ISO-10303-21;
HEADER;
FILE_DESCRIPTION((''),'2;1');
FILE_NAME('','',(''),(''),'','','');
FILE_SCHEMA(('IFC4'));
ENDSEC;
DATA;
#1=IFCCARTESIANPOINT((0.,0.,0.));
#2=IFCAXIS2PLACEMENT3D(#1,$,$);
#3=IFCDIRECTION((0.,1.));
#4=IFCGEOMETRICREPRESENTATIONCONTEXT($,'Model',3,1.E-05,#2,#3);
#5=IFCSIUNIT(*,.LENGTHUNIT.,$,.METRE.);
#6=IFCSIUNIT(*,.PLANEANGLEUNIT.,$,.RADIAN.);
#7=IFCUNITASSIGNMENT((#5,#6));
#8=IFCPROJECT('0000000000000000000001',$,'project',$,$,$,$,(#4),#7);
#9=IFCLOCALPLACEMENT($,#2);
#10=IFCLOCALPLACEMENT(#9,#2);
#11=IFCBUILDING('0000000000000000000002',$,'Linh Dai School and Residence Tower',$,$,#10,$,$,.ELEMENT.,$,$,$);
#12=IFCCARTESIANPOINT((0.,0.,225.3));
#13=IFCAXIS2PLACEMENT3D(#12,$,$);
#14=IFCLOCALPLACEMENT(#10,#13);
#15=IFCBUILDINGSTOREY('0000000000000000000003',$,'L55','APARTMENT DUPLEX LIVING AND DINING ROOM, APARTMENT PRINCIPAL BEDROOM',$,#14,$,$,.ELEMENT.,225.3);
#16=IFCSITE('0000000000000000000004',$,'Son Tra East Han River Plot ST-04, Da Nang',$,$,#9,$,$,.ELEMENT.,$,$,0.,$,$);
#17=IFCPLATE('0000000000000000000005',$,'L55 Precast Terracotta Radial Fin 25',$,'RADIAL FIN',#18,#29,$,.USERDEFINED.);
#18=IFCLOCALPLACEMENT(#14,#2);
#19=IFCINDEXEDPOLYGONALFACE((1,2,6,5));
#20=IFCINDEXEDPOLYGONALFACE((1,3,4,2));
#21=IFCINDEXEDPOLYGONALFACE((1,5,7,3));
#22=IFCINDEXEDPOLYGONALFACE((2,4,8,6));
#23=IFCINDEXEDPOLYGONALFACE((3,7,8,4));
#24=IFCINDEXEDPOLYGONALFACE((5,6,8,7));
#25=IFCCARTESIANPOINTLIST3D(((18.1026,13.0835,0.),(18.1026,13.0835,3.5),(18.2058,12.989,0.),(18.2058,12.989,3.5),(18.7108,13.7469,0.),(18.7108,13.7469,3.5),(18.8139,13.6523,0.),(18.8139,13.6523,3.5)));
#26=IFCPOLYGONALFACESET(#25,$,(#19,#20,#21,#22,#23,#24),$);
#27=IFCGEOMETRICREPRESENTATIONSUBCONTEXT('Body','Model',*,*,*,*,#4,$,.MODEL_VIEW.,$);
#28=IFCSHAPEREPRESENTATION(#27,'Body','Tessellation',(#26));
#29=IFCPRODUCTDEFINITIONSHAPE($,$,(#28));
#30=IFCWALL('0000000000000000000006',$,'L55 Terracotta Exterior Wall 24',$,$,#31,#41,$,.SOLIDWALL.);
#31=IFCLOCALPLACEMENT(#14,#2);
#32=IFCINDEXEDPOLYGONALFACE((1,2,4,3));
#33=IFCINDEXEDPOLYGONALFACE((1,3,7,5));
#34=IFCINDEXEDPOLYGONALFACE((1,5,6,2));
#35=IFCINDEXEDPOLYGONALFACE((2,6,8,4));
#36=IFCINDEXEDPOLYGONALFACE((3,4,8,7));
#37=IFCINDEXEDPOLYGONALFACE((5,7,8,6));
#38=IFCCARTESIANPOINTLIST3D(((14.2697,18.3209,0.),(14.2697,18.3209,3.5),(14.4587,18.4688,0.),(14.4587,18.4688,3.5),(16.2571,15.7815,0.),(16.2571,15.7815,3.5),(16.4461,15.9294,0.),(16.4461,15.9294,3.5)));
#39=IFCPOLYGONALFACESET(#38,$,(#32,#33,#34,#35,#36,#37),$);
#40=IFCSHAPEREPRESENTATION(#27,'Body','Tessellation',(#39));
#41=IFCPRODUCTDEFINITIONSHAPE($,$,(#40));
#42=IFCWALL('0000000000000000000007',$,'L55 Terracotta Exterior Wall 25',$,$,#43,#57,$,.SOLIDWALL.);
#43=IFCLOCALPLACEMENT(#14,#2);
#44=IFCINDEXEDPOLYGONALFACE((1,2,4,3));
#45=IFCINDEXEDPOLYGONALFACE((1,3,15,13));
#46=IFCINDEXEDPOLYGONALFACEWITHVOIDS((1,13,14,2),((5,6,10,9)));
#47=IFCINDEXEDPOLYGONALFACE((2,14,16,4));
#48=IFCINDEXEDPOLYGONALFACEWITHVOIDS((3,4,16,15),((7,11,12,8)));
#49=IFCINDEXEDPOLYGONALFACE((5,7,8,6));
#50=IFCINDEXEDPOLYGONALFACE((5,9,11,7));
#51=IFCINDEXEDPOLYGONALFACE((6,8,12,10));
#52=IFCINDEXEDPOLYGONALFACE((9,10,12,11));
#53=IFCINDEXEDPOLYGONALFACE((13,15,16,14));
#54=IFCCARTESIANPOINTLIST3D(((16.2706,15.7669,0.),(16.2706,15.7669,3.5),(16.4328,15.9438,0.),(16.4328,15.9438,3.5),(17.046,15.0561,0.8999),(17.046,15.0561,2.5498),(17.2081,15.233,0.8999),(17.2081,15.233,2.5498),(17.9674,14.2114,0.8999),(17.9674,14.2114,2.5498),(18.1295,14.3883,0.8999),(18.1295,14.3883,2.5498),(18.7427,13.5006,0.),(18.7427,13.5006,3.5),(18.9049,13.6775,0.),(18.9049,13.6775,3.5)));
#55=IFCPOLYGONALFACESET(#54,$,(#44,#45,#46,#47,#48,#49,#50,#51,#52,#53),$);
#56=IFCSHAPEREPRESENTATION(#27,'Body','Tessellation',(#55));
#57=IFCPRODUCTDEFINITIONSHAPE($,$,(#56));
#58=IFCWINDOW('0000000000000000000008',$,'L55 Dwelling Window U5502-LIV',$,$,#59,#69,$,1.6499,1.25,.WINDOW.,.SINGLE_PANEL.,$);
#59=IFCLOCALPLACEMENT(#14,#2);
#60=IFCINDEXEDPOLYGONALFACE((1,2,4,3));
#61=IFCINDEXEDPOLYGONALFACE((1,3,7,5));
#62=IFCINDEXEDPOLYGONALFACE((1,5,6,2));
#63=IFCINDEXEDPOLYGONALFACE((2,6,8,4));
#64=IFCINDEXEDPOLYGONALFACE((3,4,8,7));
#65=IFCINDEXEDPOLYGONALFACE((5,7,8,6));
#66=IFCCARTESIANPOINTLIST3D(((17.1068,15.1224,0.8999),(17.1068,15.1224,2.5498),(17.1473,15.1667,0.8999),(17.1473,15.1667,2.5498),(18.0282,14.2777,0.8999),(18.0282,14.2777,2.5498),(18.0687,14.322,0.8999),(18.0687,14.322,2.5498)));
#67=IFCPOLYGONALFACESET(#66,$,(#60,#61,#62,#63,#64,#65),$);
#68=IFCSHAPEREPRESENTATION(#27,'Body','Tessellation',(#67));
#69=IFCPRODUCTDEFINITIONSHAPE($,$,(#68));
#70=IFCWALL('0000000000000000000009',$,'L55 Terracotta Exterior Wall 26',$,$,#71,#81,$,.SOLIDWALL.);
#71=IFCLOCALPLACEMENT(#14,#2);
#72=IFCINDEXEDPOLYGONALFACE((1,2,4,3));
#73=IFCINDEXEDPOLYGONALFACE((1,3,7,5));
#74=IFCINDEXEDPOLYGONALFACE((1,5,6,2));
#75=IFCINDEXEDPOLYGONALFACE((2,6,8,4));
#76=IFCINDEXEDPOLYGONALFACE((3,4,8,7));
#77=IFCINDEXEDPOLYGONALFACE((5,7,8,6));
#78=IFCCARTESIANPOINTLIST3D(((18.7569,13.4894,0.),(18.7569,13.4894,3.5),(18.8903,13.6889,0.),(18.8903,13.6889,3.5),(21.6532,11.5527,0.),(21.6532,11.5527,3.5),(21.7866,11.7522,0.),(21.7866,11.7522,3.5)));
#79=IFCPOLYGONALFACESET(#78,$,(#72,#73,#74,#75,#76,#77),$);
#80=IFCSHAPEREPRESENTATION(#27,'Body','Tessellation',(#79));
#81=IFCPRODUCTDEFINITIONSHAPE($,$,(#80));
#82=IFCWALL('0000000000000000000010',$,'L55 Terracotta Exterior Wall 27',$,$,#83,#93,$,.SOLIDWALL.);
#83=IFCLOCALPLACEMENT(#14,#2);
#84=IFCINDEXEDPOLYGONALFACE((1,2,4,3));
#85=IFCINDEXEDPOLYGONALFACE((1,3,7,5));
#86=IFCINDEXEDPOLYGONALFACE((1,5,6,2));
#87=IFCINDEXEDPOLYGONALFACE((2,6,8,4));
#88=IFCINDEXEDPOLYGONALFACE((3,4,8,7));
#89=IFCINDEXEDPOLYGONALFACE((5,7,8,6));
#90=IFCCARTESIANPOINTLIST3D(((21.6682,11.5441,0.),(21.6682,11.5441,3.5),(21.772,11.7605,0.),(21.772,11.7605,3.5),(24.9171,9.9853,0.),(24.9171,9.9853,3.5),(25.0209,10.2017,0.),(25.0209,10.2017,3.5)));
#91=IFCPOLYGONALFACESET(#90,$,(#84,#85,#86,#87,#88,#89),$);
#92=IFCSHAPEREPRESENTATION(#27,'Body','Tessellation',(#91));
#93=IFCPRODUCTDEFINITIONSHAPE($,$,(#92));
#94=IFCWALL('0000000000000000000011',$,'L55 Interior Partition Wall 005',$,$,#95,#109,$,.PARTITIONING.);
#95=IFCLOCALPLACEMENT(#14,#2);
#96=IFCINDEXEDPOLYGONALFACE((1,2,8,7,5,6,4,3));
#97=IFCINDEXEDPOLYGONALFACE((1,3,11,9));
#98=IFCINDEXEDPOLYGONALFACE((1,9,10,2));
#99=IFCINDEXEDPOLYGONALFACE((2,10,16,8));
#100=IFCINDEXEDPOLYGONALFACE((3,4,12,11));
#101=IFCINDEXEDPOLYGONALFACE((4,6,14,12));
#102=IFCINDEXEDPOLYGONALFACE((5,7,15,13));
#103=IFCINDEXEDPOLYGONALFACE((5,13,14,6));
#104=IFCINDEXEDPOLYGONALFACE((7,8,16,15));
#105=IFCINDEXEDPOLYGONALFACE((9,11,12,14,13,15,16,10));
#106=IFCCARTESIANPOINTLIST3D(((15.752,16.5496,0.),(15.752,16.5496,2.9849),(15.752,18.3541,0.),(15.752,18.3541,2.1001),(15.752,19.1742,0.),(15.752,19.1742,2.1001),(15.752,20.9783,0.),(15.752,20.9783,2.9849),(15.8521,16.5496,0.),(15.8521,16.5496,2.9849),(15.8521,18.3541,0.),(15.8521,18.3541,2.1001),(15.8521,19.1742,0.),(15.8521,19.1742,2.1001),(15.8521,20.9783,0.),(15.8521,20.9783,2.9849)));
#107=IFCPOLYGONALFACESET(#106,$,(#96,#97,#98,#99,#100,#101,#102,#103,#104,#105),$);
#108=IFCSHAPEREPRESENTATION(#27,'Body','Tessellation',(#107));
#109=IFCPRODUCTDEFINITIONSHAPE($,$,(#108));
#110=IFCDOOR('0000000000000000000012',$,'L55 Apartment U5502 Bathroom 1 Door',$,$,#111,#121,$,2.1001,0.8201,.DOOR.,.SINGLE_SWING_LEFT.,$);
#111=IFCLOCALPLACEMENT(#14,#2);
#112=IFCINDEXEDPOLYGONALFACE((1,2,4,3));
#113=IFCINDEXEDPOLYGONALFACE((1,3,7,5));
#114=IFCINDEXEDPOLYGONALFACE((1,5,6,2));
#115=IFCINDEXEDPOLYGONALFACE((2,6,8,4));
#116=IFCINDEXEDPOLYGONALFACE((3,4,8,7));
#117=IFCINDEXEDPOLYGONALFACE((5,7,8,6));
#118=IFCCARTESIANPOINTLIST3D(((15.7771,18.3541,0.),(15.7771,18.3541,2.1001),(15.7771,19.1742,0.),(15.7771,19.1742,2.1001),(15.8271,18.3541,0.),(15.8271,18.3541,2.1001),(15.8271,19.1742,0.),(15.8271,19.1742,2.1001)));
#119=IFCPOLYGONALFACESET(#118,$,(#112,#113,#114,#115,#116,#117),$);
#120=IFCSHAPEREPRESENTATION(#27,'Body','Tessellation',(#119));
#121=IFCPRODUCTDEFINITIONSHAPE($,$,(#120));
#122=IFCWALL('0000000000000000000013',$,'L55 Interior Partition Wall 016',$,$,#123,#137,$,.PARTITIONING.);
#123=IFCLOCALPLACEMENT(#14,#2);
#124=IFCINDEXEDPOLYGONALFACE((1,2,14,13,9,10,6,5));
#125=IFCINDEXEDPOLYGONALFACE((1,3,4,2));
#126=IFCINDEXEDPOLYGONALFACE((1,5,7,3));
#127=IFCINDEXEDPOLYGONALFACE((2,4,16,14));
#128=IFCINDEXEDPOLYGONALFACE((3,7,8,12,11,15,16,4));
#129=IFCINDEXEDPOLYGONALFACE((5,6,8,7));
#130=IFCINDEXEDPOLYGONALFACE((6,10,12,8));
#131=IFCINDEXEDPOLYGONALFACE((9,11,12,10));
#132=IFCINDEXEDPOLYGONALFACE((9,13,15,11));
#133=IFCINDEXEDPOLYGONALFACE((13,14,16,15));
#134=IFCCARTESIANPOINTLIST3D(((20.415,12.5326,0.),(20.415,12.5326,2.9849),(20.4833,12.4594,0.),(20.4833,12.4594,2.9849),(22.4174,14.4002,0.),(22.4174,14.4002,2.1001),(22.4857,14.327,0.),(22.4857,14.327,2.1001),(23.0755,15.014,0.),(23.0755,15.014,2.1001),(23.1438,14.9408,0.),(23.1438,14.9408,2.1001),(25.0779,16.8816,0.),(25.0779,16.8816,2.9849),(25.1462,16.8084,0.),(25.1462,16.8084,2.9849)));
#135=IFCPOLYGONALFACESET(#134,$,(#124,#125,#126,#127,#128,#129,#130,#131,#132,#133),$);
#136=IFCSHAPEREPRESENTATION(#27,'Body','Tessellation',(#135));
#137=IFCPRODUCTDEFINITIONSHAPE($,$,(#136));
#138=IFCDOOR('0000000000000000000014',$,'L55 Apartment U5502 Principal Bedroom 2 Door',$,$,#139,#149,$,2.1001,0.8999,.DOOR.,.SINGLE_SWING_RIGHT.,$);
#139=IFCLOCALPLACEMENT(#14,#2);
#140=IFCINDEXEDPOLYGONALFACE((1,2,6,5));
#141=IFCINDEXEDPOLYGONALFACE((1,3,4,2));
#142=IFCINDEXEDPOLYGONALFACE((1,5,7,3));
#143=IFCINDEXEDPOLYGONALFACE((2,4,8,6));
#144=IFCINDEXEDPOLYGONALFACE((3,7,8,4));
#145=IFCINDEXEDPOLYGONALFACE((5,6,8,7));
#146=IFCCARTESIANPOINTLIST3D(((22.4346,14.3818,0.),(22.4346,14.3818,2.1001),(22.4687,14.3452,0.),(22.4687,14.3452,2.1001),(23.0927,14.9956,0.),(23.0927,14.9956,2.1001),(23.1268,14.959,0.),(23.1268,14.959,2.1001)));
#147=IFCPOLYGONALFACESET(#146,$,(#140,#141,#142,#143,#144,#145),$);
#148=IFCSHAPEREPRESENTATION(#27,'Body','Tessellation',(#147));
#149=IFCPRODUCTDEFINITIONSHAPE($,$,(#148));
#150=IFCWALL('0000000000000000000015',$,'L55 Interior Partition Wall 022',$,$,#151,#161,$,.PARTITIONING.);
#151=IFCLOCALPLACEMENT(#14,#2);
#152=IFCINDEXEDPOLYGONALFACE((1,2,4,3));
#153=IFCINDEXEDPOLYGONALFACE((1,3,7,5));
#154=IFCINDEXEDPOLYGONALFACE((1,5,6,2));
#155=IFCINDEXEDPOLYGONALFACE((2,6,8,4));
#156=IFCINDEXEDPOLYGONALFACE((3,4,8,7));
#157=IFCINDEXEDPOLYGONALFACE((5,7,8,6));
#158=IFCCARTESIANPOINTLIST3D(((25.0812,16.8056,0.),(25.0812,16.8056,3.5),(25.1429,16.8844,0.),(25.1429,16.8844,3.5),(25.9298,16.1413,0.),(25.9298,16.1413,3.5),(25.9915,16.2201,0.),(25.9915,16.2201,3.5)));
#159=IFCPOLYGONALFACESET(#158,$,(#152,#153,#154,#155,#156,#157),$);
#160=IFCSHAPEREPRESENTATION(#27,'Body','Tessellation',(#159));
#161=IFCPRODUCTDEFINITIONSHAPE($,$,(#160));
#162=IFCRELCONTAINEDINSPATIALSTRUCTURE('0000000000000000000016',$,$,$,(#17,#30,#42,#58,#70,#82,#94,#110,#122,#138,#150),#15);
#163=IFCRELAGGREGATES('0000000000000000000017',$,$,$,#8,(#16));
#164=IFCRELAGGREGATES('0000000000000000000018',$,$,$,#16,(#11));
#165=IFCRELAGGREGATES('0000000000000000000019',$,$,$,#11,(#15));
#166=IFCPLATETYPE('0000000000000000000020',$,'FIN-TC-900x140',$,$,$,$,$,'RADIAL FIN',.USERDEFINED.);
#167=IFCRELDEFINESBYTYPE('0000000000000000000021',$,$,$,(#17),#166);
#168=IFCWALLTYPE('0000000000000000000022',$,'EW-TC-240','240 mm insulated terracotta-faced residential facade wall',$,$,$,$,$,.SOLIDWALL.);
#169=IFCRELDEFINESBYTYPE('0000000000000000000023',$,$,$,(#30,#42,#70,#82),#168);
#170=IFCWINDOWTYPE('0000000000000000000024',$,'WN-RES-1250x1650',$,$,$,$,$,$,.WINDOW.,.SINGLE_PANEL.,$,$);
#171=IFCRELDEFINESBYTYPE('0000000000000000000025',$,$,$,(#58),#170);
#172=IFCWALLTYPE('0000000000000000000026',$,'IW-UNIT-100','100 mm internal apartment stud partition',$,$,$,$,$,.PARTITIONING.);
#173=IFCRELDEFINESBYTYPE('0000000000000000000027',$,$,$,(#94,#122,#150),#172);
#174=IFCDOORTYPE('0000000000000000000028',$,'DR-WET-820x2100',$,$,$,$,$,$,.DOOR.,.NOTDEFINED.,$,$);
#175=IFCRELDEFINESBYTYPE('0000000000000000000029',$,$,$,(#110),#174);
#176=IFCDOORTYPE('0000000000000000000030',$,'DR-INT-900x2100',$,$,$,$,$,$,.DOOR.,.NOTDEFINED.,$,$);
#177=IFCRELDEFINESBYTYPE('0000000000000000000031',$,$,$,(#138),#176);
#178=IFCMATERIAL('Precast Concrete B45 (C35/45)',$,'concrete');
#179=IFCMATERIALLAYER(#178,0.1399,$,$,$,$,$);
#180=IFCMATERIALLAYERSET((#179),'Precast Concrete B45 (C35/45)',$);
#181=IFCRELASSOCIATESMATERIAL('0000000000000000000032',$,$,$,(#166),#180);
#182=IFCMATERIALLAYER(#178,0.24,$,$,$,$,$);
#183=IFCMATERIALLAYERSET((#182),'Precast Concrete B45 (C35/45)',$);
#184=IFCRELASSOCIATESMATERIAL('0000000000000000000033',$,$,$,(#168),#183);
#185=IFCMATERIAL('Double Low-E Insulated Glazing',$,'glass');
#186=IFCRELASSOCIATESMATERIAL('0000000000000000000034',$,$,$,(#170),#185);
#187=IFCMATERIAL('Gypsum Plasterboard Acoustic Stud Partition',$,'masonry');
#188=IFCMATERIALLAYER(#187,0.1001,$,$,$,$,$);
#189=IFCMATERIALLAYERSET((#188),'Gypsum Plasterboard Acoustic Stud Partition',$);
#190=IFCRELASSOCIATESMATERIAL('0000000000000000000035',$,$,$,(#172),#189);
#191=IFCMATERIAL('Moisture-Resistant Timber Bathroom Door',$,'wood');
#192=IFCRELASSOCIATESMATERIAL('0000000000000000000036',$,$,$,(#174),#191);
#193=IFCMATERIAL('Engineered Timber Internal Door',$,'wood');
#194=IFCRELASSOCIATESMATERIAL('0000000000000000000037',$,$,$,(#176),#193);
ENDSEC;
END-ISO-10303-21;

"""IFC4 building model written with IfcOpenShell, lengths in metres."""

from ifc_helpers import new_model, si_unit, direction, frame, frame_2d, origin, origin_2d, place, context, subcontext, project, spatial, rectangle, extrude, source, transform, mapped, material, layer, layer_set, type_object, element, fill, save


model = new_model("IFC4")

# Units and contexts
model_context = context("Model", 3, precision=1e-05, world=origin(), true_north=direction((0.0, 1.0)))
body_context = subcontext(model_context, "Body", "Model", "MODEL_VIEW")
ifc_project = project(units=[si_unit("LENGTHUNIT", "METRE"), si_unit("PLANEANGLEUNIT", "RADIAN")], contexts=[model_context])

# Site, building, storey
site_placement = place(None, origin())
site = spatial("IfcSite", under=ifc_project, at=site_placement, Name="Son Tra East Han River Plot ST-04, Da Nang", CompositionType="ELEMENT", RefElevation=0.0)
building_placement = place(site_placement, origin())
building = spatial("IfcBuilding", under=site, at=building_placement, Name="Linh Dai School and Residence Tower", CompositionType="ELEMENT")
storey_placement = place(building_placement, frame((0.0, 0.0, 225.3)))
storey = spatial("IfcBuildingStorey", under=building, at=storey_placement, Name="L55", Description="APARTMENT DUPLEX LIVING AND DINING ROOM, APARTMENT PRINCIPAL BEDROOM", CompositionType="ELEMENT", Elevation=225.3)

# Plate
ifc_material_1 = material(Name="Precast Concrete B45 (C35/45)", Category="concrete")
ifc_layer_1 = layer(ifc_material_1, 0.1399)
ifc_layer_set_1 = layer_set([ifc_layer_1], Name="Precast Concrete B45 (C35/45)")
plate_type = type_object("IfcPlateType", Name="FIN-TC-900x140", ElementType="RADIAL FIN", PredefinedType="USERDEFINED", material=ifc_layer_set_1)
shared_shape_1 = source(origin(), body_context, "Body", "SweptSolid", [
    extrude(rectangle(XDim=0.8999, YDim=0.1399, at=origin_2d()), origin(), (0.0, 0.0, 1.0), 3.5),
])
plate_placement = place(storey_placement, frame((18.4583, 13.3679, 0.0), z_axis=(0.0, 0.0, 1.0), x_axis=(-0.675756, -0.737125, 0.0)))
element("IfcPlate", 1, at=plate_placement, inside=storey, type_object=plate_type, Name="L55 Precast Terracotta Radial Fin 25", ObjectType="RADIAL FIN", PredefinedType="USERDEFINED", context=body_context, shape_type="MappedRepresentation", body=[
    mapped(shared_shape_1, transform((0.0, 0.0, 0.0), x_axis=(1.0, 0.0, 0.0), y_axis=(0.0, 1.0, 0.0), z_axis=(0.0, 0.0, 1.0), scale=1.0)),
])

# Wall
ifc_layer_2 = layer(ifc_material_1, 0.24)
ifc_layer_set_2 = layer_set([ifc_layer_2], Name="Precast Concrete B45 (C35/45)")
wall_type_1 = type_object("IfcWallType", Name="EW-TC-240", Description="240 mm insulated terracotta-faced residential facade wall", PredefinedType="SOLIDWALL", material=ifc_layer_set_2)
wall_1_placement = place(storey_placement, frame((16.3516, 15.8555, 0.0), z_axis=(0.0, 0.0, 1.0), x_axis=(-0.616312, 0.787502, 0.0)))
element("IfcWall", 2, at=wall_1_placement, inside=storey, type_object=wall_type_1, Name="L55 Terracotta Exterior Wall 24", PredefinedType="SOLIDWALL", context=body_context, shape_type="SweptSolid", body=[
    extrude(rectangle(XDim=3.2246, YDim=0.24, at=frame_2d((1.6123, 0.0))), origin(), (0.0, 0.0, 1.0), 3.5),
])

# Wall, opening, window
wall_2_placement = place(storey_placement, frame((18.8237, 13.5891, 0.0), z_axis=(0.0, 0.0, 1.0), x_axis=(-0.737124, 0.675758, 0.0)))
wall_2 = element("IfcWall", 3, at=wall_2_placement, inside=storey, type_object=wall_type_1, Name="L55 Terracotta Exterior Wall 25", PredefinedType="SOLIDWALL", context=body_context, shape_type="SweptSolid", body=[
    extrude(rectangle(XDim=3.3538, YDim=0.24, at=frame_2d((1.6768, 0.0))), origin(), (0.0, 0.0, 1.0), 3.5),
])
opening_1_placement = place(wall_2_placement, frame((1.0518, 0.0, 0.8999)))
opening_1 = element("IfcOpeningElement", 4, at=opening_1_placement, cuts=wall_2, PredefinedType="OPENING", context=body_context, shape_type="SweptSolid", body=[
    extrude(rectangle(XDim=1.25, YDim=1.6499, at=origin_2d()), frame((0.625, 0.1299, 0.825), z_axis=(0.0, -1.0, 0.0), x_axis=(1.0, 0.0, 0.0)), (0.0, 0.0, 1.0), 0.26),
])
ifc_material_2 = material(Name="Double Low-E Insulated Glazing", Category="glass")
window_type = type_object("IfcWindowType", Name="WN-RES-1250x1650", PartitioningType="SINGLE_PANEL", PredefinedType="WINDOW", material=ifc_material_2)
shared_shape_2 = source(origin(), body_context, "Body", "SweptSolid", [
    extrude(rectangle(XDim=1.25, YDim=1.6499, at=origin_2d()), frame((0.625, 0.03, 0.825), z_axis=(0.0, -1.0, 0.0), x_axis=(1.0, 0.0, 0.0)), (0.0, 0.0, 1.0), 0.0601),
])
window_placement = place(opening_1_placement, origin())
window = element("IfcWindow", 5, at=window_placement, inside=storey, type_object=window_type, Name="L55 Dwelling Window U5502-LIV", OverallHeight=1.6499, OverallWidth=1.25, PartitioningType="SINGLE_PANEL", PredefinedType="WINDOW", context=body_context, shape_type="MappedRepresentation", body=[
    mapped(shared_shape_2, transform((0.0, 0.0, 0.0), x_axis=(1.0, 0.0, 0.0), y_axis=(0.0, 1.0, 0.0), z_axis=(0.0, 0.0, 1.0), scale=1.0)),
])
fill(opening_1, window)

# Walls
wall_3_placement = place(storey_placement, frame((21.72, 11.6523, 0.0), z_axis=(0.0, 0.0, 1.0), x_axis=(-0.831262, 0.55588, 0.0)))
element("IfcWall", 6, at=wall_3_placement, inside=storey, type_object=wall_type_1, Name="L55 Terracotta Exterior Wall 26", PredefinedType="SOLIDWALL", context=body_context, shape_type="SweptSolid", body=[
    extrude(rectangle(XDim=3.4841, YDim=0.24, at=frame_2d((1.7422, 0.0))), origin(), (0.0, 0.0, 1.0), 3.5),
])
wall_4_placement = place(storey_placement, frame((24.969, 10.0935, 0.0), z_axis=(0.0, 0.0, 1.0), x_axis=(-0.901598, 0.432575, 0.0)))
element("IfcWall", 7, at=wall_4_placement, inside=storey, type_object=wall_type_1, Name="L55 Terracotta Exterior Wall 27", PredefinedType="SOLIDWALL", context=body_context, shape_type="SweptSolid", body=[
    extrude(rectangle(XDim=3.6035, YDim=0.24, at=frame_2d((1.8018, 0.0))), origin(), (0.0, 0.0, 1.0), 3.5),
])

# Walls, openings, doors
ifc_material_3 = material(Name="Gypsum Plasterboard Acoustic Stud Partition", Category="masonry")
ifc_layer_3 = layer(ifc_material_3, 0.1001)
ifc_layer_set_3 = layer_set([ifc_layer_3], Name="Gypsum Plasterboard Acoustic Stud Partition")
wall_type_2 = type_object("IfcWallType", Name="IW-UNIT-100", Description="100 mm internal apartment stud partition", PredefinedType="PARTITIONING", material=ifc_layer_set_3)
wall_5_placement = place(storey_placement, frame((15.802, 16.5496, 0.0), z_axis=(0.0, 0.0, 1.0), x_axis=(0.0, 1.0, 0.0)))
wall_5 = element("IfcWall", 8, at=wall_5_placement, inside=storey, type_object=wall_type_2, Name="L55 Interior Partition Wall 005", PredefinedType="PARTITIONING", context=body_context, shape_type="SweptSolid", body=[
    extrude(rectangle(XDim=4.4287, YDim=0.1001, at=frame_2d((2.2144, 0.0))), origin(), (0.0, 0.0, 1.0), 2.9849),
])
opening_2_placement = place(wall_5_placement, frame((1.8044, 0.0, 0.0)))
opening_2 = element("IfcOpeningElement", 9, at=opening_2_placement, cuts=wall_5, PredefinedType="OPENING", context=body_context, shape_type="SweptSolid", body=[
    extrude(rectangle(XDim=0.8201, YDim=2.1001, at=origin_2d()), frame((0.4102, 0.0601, 1.05), z_axis=(0.0, -1.0, 0.0), x_axis=(1.0, 0.0, 0.0)), (0.0, 0.0, 1.0), 0.1201),
])
ifc_material_4 = material(Name="Moisture-Resistant Timber Bathroom Door", Category="wood")
door_type_1 = type_object("IfcDoorType", Name="DR-WET-820x2100", OperationType="NOTDEFINED", PredefinedType="DOOR", material=ifc_material_4)
shared_shape_3 = source(origin(), body_context, "Body", "SweptSolid", [
    extrude(rectangle(XDim=0.8201, YDim=2.1001, at=origin_2d()), frame((0.4102, 0.0249, 1.05), z_axis=(0.0, -1.0, 0.0), x_axis=(1.0, 0.0, 0.0)), (0.0, 0.0, 1.0), 0.05),
])
door_1_placement = place(opening_2_placement, origin())
door_1 = element("IfcDoor", 10, at=door_1_placement, inside=storey, type_object=door_type_1, Name="L55 Apartment U5502 Bathroom 1 Door", OperationType="SINGLE_SWING_LEFT", OverallHeight=2.1001, OverallWidth=0.8201, PredefinedType="DOOR", context=body_context, shape_type="MappedRepresentation", body=[
    mapped(shared_shape_3, transform((0.0, 0.0, 0.0), x_axis=(1.0, 0.0, 0.0), y_axis=(0.0, 1.0, 0.0), z_axis=(0.0, 0.0, 1.0), scale=1.0)),
])
fill(opening_2, door_1)
wall_6_placement = place(storey_placement, frame((20.4492, 12.4961, 0.0), z_axis=(0.0, 0.0, 1.0), x_axis=(0.731298, 0.682058, 0.0)))
wall_6 = element("IfcWall", 11, at=wall_6_placement, inside=storey, type_object=wall_type_2, Name="L55 Interior Partition Wall 016", PredefinedType="PARTITIONING", context=body_context, shape_type="SweptSolid", body=[
    extrude(rectangle(XDim=6.3762, YDim=0.1001, at=frame_2d((3.188, 0.0))), origin(), (0.0, 0.0, 1.0), 2.9849),
])
opening_3_placement = place(wall_6_placement, frame((2.738, 0.0, 0.0)))
opening_3 = element("IfcOpeningElement", 12, at=opening_3_placement, cuts=wall_6, PredefinedType="OPENING", context=body_context, shape_type="SweptSolid", body=[
    extrude(rectangle(XDim=0.8999, YDim=2.1001, at=origin_2d()), frame((0.45, 0.0601, 1.05), z_axis=(0.0, -1.0, 0.0), x_axis=(1.0, 0.0, 0.0)), (0.0, 0.0, 1.0), 0.1201),
])
ifc_material_5 = material(Name="Engineered Timber Internal Door", Category="wood")
door_type_2 = type_object("IfcDoorType", Name="DR-INT-900x2100", OperationType="NOTDEFINED", PredefinedType="DOOR", material=ifc_material_5)
shared_shape_4 = source(origin(), body_context, "Body", "SweptSolid", [
    extrude(rectangle(XDim=0.8999, YDim=2.1001, at=origin_2d()), frame((0.45, 0.0249, 1.05), z_axis=(0.0, -1.0, 0.0), x_axis=(1.0, 0.0, 0.0)), (0.0, 0.0, 1.0), 0.05),
])
door_2_placement = place(opening_3_placement, origin())
door_2 = element("IfcDoor", 13, at=door_2_placement, inside=storey, type_object=door_type_2, Name="L55 Apartment U5502 Principal Bedroom 2 Door", OperationType="SINGLE_SWING_RIGHT", OverallHeight=2.1001, OverallWidth=0.8999, PredefinedType="DOOR", context=body_context, shape_type="MappedRepresentation", body=[
    mapped(shared_shape_4, transform((0.0, 0.0, 0.0), x_axis=(1.0, 0.0, 0.0), y_axis=(0.0, 1.0, 0.0), z_axis=(0.0, 0.0, 1.0), scale=1.0)),
])
fill(opening_3, door_2)

# Wall
wall_7_placement = place(storey_placement, frame((25.1121, 16.845, 0.0), z_axis=(0.0, 0.0, 1.0), x_axis=(0.787433, -0.6164, 0.0)))
element("IfcWall", 14, at=wall_7_placement, inside=storey, type_object=wall_type_2, Name="L55 Interior Partition Wall 022", PredefinedType="PARTITIONING", context=body_context, shape_type="SweptSolid", body=[
    extrude(rectangle(XDim=1.0776, YDim=0.1001, at=frame_2d((0.5388, 0.0))), origin(), (0.0, 0.0, 1.0), 3.5),
])

save(model, "model.ifc")
